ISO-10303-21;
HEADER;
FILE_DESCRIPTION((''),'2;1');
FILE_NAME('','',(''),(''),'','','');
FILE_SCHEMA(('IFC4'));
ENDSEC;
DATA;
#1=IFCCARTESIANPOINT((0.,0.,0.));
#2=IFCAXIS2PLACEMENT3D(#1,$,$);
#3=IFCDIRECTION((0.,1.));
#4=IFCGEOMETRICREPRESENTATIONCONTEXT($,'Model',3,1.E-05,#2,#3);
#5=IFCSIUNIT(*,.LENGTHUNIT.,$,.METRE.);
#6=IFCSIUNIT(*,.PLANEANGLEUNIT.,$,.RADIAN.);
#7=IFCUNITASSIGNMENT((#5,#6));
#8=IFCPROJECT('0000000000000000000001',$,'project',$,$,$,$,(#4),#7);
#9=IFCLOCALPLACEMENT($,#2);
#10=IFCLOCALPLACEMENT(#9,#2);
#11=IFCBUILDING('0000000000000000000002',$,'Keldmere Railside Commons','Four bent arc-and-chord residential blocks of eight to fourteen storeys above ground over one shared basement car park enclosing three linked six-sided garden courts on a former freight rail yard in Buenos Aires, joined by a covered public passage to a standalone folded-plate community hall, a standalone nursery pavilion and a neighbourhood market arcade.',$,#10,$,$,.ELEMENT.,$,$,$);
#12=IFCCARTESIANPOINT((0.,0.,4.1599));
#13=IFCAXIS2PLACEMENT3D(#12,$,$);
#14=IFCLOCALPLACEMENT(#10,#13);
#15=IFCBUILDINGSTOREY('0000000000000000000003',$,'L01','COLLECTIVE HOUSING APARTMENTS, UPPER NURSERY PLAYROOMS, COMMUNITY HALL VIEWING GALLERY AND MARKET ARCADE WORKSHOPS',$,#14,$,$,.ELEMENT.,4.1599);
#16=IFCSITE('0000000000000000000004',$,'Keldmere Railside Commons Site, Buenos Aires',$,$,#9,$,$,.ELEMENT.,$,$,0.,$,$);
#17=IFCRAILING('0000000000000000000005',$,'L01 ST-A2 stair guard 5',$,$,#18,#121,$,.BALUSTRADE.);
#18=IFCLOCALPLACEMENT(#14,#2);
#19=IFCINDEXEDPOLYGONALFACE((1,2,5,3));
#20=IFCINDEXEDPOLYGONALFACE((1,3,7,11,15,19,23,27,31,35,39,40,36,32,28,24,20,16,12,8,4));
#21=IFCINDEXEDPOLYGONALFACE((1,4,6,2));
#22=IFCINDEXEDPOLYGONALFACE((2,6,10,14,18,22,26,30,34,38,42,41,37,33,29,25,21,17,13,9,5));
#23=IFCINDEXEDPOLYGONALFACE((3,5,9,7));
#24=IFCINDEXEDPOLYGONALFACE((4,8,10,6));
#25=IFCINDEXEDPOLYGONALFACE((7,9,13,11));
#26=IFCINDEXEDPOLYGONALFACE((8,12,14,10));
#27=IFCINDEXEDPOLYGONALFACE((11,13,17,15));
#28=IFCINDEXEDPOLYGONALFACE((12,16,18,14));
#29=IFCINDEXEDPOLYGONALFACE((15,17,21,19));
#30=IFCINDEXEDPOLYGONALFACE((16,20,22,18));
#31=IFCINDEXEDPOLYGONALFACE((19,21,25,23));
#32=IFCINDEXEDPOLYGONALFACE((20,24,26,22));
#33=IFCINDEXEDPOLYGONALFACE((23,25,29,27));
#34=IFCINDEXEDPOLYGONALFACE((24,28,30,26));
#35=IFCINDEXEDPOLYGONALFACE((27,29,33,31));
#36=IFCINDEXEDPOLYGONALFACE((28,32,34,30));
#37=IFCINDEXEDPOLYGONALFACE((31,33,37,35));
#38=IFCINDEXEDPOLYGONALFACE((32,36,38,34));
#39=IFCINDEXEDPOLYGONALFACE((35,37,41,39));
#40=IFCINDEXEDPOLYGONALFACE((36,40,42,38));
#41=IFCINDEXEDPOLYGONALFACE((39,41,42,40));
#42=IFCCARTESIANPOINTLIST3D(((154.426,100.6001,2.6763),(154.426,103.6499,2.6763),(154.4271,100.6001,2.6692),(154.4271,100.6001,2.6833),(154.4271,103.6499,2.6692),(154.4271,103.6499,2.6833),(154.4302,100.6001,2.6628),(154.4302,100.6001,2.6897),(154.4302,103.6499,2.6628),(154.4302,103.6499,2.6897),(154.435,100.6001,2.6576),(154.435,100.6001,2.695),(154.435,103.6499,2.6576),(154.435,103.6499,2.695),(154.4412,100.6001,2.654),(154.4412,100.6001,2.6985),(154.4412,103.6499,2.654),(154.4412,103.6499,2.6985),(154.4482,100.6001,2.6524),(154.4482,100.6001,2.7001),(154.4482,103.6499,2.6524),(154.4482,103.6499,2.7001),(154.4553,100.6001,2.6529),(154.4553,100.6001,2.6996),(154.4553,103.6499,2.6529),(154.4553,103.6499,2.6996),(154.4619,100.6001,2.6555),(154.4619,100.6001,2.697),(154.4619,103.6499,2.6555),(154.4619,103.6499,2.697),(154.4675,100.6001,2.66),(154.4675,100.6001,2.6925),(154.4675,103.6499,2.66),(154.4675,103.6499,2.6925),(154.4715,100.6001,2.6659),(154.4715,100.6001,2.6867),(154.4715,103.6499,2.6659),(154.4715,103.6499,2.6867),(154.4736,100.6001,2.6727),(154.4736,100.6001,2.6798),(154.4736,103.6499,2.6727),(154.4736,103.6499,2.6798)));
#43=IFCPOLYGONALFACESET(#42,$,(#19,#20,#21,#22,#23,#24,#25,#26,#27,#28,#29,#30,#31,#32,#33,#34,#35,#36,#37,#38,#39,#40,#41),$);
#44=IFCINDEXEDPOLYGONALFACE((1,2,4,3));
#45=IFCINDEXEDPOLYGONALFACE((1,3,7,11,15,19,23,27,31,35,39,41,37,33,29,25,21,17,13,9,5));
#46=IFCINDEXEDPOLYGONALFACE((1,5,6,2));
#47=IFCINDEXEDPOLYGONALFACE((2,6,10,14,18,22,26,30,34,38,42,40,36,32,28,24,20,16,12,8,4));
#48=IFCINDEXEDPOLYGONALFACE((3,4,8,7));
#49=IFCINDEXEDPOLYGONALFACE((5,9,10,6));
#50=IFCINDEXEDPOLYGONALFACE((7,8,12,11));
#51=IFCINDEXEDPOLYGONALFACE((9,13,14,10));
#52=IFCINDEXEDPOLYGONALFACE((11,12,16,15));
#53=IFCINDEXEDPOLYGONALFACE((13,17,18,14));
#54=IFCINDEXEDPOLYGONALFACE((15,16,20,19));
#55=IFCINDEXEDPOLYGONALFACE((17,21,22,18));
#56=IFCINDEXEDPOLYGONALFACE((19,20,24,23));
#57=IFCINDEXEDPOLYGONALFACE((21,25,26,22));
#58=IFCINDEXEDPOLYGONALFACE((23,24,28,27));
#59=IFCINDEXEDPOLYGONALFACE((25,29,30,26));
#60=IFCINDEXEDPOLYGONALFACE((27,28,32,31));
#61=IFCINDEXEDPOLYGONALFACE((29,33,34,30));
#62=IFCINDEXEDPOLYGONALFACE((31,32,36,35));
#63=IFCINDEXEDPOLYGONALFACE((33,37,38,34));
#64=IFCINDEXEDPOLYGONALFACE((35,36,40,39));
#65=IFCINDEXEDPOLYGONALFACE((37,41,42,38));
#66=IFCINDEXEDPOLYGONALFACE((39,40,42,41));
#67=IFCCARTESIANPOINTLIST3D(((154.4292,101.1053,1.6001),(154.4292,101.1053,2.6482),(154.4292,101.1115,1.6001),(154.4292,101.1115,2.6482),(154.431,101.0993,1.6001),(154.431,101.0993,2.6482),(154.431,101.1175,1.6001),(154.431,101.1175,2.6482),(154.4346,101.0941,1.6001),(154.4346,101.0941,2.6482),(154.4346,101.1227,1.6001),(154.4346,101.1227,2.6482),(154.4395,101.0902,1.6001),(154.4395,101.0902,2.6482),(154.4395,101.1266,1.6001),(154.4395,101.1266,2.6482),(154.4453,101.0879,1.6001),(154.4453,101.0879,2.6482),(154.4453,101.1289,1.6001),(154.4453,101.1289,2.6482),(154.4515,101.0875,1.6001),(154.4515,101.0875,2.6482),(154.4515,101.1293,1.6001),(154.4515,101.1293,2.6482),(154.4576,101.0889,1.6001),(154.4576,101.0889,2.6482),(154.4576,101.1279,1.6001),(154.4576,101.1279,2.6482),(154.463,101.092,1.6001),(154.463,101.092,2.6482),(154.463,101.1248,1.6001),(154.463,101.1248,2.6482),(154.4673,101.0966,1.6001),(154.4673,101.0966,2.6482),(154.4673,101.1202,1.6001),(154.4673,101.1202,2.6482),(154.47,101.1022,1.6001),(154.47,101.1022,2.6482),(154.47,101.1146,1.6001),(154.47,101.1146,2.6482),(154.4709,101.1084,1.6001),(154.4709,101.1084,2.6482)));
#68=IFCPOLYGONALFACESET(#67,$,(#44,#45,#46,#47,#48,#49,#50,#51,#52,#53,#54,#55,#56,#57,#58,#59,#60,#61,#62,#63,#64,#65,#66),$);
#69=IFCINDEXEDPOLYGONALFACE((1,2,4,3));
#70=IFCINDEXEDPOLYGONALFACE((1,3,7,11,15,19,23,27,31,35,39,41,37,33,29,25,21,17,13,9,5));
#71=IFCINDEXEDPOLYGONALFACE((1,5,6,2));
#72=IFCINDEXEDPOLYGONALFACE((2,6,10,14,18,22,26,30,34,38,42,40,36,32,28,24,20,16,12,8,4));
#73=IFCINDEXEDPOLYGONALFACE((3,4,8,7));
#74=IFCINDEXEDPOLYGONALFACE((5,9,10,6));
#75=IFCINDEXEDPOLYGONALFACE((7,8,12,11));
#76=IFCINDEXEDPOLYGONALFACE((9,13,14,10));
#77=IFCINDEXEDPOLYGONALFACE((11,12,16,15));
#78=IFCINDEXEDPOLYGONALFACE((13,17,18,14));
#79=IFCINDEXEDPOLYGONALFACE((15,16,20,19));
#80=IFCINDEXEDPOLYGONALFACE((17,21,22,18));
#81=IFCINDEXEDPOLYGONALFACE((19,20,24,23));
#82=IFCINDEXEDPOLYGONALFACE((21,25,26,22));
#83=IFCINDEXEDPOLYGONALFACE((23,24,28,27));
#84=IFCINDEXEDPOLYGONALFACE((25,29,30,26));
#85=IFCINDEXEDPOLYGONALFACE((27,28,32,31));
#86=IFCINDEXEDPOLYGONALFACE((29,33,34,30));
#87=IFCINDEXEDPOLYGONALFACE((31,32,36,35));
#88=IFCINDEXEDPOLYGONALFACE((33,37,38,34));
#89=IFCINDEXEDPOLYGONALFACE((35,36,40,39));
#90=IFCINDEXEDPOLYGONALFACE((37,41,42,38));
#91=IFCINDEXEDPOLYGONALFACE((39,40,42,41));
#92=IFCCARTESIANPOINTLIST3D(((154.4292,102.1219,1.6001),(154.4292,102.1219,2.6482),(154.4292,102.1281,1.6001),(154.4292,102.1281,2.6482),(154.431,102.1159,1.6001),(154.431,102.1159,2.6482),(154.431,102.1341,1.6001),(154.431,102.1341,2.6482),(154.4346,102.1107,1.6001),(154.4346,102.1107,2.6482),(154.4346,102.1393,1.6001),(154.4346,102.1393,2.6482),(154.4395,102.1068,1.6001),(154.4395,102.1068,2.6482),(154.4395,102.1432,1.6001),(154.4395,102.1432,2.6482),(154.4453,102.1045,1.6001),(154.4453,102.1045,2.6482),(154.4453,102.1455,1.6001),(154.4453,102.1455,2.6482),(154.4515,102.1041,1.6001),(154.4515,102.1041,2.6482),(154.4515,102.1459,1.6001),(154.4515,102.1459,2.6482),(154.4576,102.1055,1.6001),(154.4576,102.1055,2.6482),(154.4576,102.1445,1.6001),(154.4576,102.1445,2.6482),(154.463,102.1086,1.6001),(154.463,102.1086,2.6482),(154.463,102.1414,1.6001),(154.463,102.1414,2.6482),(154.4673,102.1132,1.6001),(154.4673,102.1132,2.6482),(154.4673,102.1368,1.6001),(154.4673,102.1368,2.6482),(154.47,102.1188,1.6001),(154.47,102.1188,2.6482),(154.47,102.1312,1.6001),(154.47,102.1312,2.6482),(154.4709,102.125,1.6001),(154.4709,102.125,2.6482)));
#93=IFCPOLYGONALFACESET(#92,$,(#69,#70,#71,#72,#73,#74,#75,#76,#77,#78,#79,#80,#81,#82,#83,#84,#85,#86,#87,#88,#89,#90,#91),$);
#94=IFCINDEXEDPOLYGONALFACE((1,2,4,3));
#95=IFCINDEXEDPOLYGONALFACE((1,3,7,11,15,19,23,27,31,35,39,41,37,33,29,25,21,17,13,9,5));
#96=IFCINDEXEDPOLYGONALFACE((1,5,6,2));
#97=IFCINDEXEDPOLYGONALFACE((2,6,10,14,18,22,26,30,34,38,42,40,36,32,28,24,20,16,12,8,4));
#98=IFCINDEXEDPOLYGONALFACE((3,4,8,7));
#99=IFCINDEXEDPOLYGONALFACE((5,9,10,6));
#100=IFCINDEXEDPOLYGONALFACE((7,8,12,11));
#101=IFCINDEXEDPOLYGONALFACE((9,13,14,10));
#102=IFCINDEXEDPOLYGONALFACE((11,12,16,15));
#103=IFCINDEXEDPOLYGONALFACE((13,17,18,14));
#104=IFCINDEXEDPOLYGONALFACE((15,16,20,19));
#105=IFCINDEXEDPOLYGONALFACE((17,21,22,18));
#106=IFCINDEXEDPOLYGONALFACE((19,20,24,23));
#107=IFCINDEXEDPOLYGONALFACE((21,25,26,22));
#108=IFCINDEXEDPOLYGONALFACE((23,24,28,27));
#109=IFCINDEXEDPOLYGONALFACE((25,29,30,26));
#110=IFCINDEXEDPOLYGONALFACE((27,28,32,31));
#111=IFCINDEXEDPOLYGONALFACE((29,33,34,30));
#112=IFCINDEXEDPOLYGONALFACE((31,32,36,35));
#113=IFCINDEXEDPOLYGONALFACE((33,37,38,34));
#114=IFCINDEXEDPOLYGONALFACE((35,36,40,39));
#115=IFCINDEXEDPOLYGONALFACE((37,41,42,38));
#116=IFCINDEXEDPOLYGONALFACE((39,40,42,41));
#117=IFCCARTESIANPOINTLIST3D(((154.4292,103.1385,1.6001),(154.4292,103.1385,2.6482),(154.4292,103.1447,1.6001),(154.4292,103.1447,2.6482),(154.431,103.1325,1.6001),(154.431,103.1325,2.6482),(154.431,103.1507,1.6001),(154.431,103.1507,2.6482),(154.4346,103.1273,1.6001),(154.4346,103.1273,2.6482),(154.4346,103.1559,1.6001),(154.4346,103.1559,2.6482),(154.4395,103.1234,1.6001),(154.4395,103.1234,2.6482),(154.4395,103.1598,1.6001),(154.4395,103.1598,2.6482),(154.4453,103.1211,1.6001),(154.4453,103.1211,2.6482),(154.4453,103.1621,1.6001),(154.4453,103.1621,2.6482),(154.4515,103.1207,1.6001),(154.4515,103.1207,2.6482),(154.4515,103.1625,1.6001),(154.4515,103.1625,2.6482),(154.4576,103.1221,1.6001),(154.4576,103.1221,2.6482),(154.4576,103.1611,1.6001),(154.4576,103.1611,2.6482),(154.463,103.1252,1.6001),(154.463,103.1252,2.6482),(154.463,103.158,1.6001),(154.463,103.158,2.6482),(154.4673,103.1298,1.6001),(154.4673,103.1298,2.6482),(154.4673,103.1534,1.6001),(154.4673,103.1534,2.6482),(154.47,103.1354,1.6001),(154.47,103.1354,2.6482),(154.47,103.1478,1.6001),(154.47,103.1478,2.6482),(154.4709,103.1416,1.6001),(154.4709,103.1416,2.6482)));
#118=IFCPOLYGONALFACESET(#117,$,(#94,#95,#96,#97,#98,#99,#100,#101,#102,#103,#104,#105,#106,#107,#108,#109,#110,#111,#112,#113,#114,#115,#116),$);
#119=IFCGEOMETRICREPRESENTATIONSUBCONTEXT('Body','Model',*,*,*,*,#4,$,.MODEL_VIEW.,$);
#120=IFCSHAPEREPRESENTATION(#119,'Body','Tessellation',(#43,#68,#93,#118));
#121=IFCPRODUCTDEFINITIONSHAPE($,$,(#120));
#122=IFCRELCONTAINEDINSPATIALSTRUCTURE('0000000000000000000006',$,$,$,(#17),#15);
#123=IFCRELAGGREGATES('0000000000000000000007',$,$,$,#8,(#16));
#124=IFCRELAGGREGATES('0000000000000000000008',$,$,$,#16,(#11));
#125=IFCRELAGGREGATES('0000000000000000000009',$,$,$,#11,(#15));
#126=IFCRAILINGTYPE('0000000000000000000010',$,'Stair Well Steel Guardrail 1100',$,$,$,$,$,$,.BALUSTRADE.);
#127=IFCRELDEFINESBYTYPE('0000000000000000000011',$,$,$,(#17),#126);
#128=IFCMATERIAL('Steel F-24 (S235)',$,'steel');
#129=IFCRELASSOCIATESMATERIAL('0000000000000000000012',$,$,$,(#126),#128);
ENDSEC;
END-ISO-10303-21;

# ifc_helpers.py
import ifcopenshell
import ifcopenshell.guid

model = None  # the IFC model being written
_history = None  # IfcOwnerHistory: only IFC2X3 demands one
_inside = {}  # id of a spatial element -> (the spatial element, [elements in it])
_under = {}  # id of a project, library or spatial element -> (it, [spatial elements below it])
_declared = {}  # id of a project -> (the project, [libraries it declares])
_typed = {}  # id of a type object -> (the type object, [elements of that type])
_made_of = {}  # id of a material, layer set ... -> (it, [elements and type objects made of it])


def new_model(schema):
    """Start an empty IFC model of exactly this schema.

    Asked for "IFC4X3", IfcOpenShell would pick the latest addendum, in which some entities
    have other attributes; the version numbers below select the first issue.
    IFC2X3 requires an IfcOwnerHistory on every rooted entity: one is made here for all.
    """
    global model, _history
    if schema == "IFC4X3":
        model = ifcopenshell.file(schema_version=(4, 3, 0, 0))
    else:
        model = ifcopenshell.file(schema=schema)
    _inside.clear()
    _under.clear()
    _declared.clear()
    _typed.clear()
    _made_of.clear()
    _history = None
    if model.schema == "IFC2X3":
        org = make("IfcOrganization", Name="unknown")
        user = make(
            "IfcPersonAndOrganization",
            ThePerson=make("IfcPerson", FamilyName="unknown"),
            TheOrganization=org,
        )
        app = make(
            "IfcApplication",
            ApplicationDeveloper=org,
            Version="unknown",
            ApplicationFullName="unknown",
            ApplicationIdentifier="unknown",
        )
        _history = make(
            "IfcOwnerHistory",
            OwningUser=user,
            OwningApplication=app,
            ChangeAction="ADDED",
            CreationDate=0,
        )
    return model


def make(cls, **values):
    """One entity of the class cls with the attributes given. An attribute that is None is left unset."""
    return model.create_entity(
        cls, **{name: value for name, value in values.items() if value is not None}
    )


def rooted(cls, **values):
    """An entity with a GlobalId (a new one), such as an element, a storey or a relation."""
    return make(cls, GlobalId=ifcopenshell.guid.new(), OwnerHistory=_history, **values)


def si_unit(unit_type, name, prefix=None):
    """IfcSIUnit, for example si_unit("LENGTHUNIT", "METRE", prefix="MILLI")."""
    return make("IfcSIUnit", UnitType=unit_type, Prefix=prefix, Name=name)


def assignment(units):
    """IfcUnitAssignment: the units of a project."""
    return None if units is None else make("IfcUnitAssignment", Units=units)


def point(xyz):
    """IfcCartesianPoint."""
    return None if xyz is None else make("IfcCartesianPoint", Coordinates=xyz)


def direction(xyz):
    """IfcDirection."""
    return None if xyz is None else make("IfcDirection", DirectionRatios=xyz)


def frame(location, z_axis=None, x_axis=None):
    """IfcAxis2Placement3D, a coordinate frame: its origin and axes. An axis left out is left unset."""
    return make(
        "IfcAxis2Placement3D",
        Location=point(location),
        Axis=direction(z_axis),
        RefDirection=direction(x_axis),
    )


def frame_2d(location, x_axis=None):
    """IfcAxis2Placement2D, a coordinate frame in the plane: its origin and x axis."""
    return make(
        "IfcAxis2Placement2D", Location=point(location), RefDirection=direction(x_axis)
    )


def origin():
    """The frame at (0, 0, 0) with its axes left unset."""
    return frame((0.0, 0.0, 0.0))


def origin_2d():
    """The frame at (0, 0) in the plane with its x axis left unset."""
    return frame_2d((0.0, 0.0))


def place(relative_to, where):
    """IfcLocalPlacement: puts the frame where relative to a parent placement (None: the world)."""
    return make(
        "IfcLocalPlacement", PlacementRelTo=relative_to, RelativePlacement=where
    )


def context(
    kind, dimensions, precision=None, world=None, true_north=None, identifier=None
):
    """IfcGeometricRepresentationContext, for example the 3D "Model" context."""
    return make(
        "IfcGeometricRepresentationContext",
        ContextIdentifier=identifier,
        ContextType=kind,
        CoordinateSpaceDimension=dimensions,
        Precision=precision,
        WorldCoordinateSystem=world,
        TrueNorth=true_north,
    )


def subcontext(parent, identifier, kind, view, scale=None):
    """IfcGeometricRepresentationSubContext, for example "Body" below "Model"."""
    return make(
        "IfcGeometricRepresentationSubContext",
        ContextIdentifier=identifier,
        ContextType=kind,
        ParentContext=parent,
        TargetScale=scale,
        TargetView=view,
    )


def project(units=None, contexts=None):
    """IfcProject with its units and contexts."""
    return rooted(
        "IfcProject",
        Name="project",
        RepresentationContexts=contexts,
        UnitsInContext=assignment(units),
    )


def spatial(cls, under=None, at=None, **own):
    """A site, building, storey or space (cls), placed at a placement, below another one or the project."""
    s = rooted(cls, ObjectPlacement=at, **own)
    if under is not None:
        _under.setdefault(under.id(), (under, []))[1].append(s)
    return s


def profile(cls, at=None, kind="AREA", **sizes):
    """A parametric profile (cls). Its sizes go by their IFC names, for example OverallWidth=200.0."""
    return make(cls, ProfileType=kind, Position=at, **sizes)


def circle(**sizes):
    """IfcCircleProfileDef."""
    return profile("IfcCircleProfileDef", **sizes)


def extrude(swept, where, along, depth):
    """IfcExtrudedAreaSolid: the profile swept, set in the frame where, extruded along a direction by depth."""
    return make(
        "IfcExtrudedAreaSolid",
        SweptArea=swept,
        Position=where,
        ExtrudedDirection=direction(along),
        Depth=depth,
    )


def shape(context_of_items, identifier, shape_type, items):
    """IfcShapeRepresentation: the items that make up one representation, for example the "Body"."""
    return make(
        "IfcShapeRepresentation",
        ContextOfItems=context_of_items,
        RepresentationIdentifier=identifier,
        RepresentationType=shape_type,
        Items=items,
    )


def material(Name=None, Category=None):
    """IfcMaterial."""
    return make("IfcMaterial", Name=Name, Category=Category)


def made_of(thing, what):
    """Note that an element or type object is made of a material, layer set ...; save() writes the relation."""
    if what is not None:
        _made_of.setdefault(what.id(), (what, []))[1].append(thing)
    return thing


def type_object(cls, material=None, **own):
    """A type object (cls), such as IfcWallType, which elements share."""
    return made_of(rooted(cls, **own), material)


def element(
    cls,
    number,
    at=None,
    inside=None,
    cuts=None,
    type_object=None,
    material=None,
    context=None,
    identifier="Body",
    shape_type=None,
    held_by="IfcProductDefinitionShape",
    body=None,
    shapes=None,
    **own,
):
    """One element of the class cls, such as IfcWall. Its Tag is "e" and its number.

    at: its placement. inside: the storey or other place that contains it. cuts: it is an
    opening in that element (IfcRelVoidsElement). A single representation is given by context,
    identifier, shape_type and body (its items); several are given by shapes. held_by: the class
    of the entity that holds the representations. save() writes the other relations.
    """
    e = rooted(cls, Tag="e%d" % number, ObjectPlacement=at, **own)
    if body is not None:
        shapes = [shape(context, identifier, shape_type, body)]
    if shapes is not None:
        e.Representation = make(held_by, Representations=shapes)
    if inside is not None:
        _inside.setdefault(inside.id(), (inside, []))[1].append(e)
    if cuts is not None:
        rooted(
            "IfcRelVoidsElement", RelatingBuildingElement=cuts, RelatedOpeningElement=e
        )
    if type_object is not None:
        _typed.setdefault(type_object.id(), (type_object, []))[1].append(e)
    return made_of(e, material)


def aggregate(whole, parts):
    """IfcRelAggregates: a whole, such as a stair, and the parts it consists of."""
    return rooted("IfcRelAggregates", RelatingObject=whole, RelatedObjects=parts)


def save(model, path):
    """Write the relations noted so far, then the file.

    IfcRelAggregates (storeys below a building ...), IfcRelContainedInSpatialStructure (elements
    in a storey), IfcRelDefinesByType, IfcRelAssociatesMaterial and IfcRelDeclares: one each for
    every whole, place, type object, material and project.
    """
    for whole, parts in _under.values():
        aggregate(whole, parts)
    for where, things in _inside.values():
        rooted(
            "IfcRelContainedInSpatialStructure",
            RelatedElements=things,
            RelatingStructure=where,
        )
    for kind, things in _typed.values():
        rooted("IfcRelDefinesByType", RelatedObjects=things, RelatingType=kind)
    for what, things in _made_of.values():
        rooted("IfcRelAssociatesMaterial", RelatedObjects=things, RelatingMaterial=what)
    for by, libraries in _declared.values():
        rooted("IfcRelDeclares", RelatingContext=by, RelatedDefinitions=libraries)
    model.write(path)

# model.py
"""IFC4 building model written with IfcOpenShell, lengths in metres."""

from ifc_helpers import new_model, si_unit, direction, frame, origin, origin_2d, place, context, subcontext, project, spatial, circle, extrude, material, type_object, element, save


model = new_model("IFC4")

# Units and contexts
model_context = context("Model", 3, precision=1e-05, world=origin(), true_north=direction((0.0, 1.0)))
body_context = subcontext(model_context, "Body", "Model", "MODEL_VIEW")
ifc_project = project(units=[si_unit("LENGTHUNIT", "METRE"), si_unit("PLANEANGLEUNIT", "RADIAN")], contexts=[model_context])

# Site, building, storey
site_placement = place(None, origin())
site = spatial("IfcSite", under=ifc_project, at=site_placement, Name="Keldmere Railside Commons Site, Buenos Aires", CompositionType="ELEMENT", RefElevation=0.0)
building_placement = place(site_placement, origin())
building = spatial("IfcBuilding", under=site, at=building_placement, Name="Keldmere Railside Commons", Description="Four bent arc-and-chord residential blocks of eight to fourteen storeys above ground over one shared basement car park enclosing three linked six-sided garden courts on a former freight rail yard in Buenos Aires, joined by a covered public passage to a standalone folded-plate community hall, a standalone nursery pavilion and a neighbourhood market arcade.", CompositionType="ELEMENT")
storey_placement = place(building_placement, frame((0.0, 0.0, 4.1599)))
storey = spatial("IfcBuildingStorey", under=building, at=storey_placement, Name="L01", Description="COLLECTIVE HOUSING APARTMENTS, UPPER NURSERY PLAYROOMS, COMMUNITY HALL VIEWING GALLERY AND MARKET ARCADE WORKSHOPS", CompositionType="ELEMENT", Elevation=4.1599)

# Shared definitions
ifc_material_1 = material(Name="Steel F-24 (S235)", Category="steel")

# Railing
railing_type_1 = type_object("IfcRailingType", Name="Stair Well Steel Guardrail 1100", PredefinedType="BALUSTRADE", material=ifc_material_1)
railing_1_placement = place(storey_placement, frame((154.45, 100.6001, 1.6001)))
element("IfcRailing", 1, at=railing_1_placement, inside=storey, type_object=railing_type_1, Name="L01 ST-A2 stair guard 5", PredefinedType="BALUSTRADE", context=body_context, shape_type="SweptSolid", body=[
    extrude(circle(Radius=0.0239, at=origin_2d()), frame((0.0, 0.0, 1.0762), z_axis=(0.0, 1.0, 0.0), x_axis=(-1.0, 0.0, 0.0)), (0.0, 0.0, 1.0), 3.0498),
    extrude(circle(Radius=0.021, at=origin_2d()), frame((0.0, 0.5083, 0.0)), (0.0, 0.0, 1.0), 1.0481),
    extrude(circle(Radius=0.021, at=origin_2d()), frame((0.0, 1.5249, 0.0)), (0.0, 0.0, 1.0), 1.0481),
    extrude(circle(Radius=0.021, at=origin_2d()), frame((0.0, 2.5415, 0.0)), (0.0, 0.0, 1.0), 1.0481),
])

save(model, "model.ifc")
